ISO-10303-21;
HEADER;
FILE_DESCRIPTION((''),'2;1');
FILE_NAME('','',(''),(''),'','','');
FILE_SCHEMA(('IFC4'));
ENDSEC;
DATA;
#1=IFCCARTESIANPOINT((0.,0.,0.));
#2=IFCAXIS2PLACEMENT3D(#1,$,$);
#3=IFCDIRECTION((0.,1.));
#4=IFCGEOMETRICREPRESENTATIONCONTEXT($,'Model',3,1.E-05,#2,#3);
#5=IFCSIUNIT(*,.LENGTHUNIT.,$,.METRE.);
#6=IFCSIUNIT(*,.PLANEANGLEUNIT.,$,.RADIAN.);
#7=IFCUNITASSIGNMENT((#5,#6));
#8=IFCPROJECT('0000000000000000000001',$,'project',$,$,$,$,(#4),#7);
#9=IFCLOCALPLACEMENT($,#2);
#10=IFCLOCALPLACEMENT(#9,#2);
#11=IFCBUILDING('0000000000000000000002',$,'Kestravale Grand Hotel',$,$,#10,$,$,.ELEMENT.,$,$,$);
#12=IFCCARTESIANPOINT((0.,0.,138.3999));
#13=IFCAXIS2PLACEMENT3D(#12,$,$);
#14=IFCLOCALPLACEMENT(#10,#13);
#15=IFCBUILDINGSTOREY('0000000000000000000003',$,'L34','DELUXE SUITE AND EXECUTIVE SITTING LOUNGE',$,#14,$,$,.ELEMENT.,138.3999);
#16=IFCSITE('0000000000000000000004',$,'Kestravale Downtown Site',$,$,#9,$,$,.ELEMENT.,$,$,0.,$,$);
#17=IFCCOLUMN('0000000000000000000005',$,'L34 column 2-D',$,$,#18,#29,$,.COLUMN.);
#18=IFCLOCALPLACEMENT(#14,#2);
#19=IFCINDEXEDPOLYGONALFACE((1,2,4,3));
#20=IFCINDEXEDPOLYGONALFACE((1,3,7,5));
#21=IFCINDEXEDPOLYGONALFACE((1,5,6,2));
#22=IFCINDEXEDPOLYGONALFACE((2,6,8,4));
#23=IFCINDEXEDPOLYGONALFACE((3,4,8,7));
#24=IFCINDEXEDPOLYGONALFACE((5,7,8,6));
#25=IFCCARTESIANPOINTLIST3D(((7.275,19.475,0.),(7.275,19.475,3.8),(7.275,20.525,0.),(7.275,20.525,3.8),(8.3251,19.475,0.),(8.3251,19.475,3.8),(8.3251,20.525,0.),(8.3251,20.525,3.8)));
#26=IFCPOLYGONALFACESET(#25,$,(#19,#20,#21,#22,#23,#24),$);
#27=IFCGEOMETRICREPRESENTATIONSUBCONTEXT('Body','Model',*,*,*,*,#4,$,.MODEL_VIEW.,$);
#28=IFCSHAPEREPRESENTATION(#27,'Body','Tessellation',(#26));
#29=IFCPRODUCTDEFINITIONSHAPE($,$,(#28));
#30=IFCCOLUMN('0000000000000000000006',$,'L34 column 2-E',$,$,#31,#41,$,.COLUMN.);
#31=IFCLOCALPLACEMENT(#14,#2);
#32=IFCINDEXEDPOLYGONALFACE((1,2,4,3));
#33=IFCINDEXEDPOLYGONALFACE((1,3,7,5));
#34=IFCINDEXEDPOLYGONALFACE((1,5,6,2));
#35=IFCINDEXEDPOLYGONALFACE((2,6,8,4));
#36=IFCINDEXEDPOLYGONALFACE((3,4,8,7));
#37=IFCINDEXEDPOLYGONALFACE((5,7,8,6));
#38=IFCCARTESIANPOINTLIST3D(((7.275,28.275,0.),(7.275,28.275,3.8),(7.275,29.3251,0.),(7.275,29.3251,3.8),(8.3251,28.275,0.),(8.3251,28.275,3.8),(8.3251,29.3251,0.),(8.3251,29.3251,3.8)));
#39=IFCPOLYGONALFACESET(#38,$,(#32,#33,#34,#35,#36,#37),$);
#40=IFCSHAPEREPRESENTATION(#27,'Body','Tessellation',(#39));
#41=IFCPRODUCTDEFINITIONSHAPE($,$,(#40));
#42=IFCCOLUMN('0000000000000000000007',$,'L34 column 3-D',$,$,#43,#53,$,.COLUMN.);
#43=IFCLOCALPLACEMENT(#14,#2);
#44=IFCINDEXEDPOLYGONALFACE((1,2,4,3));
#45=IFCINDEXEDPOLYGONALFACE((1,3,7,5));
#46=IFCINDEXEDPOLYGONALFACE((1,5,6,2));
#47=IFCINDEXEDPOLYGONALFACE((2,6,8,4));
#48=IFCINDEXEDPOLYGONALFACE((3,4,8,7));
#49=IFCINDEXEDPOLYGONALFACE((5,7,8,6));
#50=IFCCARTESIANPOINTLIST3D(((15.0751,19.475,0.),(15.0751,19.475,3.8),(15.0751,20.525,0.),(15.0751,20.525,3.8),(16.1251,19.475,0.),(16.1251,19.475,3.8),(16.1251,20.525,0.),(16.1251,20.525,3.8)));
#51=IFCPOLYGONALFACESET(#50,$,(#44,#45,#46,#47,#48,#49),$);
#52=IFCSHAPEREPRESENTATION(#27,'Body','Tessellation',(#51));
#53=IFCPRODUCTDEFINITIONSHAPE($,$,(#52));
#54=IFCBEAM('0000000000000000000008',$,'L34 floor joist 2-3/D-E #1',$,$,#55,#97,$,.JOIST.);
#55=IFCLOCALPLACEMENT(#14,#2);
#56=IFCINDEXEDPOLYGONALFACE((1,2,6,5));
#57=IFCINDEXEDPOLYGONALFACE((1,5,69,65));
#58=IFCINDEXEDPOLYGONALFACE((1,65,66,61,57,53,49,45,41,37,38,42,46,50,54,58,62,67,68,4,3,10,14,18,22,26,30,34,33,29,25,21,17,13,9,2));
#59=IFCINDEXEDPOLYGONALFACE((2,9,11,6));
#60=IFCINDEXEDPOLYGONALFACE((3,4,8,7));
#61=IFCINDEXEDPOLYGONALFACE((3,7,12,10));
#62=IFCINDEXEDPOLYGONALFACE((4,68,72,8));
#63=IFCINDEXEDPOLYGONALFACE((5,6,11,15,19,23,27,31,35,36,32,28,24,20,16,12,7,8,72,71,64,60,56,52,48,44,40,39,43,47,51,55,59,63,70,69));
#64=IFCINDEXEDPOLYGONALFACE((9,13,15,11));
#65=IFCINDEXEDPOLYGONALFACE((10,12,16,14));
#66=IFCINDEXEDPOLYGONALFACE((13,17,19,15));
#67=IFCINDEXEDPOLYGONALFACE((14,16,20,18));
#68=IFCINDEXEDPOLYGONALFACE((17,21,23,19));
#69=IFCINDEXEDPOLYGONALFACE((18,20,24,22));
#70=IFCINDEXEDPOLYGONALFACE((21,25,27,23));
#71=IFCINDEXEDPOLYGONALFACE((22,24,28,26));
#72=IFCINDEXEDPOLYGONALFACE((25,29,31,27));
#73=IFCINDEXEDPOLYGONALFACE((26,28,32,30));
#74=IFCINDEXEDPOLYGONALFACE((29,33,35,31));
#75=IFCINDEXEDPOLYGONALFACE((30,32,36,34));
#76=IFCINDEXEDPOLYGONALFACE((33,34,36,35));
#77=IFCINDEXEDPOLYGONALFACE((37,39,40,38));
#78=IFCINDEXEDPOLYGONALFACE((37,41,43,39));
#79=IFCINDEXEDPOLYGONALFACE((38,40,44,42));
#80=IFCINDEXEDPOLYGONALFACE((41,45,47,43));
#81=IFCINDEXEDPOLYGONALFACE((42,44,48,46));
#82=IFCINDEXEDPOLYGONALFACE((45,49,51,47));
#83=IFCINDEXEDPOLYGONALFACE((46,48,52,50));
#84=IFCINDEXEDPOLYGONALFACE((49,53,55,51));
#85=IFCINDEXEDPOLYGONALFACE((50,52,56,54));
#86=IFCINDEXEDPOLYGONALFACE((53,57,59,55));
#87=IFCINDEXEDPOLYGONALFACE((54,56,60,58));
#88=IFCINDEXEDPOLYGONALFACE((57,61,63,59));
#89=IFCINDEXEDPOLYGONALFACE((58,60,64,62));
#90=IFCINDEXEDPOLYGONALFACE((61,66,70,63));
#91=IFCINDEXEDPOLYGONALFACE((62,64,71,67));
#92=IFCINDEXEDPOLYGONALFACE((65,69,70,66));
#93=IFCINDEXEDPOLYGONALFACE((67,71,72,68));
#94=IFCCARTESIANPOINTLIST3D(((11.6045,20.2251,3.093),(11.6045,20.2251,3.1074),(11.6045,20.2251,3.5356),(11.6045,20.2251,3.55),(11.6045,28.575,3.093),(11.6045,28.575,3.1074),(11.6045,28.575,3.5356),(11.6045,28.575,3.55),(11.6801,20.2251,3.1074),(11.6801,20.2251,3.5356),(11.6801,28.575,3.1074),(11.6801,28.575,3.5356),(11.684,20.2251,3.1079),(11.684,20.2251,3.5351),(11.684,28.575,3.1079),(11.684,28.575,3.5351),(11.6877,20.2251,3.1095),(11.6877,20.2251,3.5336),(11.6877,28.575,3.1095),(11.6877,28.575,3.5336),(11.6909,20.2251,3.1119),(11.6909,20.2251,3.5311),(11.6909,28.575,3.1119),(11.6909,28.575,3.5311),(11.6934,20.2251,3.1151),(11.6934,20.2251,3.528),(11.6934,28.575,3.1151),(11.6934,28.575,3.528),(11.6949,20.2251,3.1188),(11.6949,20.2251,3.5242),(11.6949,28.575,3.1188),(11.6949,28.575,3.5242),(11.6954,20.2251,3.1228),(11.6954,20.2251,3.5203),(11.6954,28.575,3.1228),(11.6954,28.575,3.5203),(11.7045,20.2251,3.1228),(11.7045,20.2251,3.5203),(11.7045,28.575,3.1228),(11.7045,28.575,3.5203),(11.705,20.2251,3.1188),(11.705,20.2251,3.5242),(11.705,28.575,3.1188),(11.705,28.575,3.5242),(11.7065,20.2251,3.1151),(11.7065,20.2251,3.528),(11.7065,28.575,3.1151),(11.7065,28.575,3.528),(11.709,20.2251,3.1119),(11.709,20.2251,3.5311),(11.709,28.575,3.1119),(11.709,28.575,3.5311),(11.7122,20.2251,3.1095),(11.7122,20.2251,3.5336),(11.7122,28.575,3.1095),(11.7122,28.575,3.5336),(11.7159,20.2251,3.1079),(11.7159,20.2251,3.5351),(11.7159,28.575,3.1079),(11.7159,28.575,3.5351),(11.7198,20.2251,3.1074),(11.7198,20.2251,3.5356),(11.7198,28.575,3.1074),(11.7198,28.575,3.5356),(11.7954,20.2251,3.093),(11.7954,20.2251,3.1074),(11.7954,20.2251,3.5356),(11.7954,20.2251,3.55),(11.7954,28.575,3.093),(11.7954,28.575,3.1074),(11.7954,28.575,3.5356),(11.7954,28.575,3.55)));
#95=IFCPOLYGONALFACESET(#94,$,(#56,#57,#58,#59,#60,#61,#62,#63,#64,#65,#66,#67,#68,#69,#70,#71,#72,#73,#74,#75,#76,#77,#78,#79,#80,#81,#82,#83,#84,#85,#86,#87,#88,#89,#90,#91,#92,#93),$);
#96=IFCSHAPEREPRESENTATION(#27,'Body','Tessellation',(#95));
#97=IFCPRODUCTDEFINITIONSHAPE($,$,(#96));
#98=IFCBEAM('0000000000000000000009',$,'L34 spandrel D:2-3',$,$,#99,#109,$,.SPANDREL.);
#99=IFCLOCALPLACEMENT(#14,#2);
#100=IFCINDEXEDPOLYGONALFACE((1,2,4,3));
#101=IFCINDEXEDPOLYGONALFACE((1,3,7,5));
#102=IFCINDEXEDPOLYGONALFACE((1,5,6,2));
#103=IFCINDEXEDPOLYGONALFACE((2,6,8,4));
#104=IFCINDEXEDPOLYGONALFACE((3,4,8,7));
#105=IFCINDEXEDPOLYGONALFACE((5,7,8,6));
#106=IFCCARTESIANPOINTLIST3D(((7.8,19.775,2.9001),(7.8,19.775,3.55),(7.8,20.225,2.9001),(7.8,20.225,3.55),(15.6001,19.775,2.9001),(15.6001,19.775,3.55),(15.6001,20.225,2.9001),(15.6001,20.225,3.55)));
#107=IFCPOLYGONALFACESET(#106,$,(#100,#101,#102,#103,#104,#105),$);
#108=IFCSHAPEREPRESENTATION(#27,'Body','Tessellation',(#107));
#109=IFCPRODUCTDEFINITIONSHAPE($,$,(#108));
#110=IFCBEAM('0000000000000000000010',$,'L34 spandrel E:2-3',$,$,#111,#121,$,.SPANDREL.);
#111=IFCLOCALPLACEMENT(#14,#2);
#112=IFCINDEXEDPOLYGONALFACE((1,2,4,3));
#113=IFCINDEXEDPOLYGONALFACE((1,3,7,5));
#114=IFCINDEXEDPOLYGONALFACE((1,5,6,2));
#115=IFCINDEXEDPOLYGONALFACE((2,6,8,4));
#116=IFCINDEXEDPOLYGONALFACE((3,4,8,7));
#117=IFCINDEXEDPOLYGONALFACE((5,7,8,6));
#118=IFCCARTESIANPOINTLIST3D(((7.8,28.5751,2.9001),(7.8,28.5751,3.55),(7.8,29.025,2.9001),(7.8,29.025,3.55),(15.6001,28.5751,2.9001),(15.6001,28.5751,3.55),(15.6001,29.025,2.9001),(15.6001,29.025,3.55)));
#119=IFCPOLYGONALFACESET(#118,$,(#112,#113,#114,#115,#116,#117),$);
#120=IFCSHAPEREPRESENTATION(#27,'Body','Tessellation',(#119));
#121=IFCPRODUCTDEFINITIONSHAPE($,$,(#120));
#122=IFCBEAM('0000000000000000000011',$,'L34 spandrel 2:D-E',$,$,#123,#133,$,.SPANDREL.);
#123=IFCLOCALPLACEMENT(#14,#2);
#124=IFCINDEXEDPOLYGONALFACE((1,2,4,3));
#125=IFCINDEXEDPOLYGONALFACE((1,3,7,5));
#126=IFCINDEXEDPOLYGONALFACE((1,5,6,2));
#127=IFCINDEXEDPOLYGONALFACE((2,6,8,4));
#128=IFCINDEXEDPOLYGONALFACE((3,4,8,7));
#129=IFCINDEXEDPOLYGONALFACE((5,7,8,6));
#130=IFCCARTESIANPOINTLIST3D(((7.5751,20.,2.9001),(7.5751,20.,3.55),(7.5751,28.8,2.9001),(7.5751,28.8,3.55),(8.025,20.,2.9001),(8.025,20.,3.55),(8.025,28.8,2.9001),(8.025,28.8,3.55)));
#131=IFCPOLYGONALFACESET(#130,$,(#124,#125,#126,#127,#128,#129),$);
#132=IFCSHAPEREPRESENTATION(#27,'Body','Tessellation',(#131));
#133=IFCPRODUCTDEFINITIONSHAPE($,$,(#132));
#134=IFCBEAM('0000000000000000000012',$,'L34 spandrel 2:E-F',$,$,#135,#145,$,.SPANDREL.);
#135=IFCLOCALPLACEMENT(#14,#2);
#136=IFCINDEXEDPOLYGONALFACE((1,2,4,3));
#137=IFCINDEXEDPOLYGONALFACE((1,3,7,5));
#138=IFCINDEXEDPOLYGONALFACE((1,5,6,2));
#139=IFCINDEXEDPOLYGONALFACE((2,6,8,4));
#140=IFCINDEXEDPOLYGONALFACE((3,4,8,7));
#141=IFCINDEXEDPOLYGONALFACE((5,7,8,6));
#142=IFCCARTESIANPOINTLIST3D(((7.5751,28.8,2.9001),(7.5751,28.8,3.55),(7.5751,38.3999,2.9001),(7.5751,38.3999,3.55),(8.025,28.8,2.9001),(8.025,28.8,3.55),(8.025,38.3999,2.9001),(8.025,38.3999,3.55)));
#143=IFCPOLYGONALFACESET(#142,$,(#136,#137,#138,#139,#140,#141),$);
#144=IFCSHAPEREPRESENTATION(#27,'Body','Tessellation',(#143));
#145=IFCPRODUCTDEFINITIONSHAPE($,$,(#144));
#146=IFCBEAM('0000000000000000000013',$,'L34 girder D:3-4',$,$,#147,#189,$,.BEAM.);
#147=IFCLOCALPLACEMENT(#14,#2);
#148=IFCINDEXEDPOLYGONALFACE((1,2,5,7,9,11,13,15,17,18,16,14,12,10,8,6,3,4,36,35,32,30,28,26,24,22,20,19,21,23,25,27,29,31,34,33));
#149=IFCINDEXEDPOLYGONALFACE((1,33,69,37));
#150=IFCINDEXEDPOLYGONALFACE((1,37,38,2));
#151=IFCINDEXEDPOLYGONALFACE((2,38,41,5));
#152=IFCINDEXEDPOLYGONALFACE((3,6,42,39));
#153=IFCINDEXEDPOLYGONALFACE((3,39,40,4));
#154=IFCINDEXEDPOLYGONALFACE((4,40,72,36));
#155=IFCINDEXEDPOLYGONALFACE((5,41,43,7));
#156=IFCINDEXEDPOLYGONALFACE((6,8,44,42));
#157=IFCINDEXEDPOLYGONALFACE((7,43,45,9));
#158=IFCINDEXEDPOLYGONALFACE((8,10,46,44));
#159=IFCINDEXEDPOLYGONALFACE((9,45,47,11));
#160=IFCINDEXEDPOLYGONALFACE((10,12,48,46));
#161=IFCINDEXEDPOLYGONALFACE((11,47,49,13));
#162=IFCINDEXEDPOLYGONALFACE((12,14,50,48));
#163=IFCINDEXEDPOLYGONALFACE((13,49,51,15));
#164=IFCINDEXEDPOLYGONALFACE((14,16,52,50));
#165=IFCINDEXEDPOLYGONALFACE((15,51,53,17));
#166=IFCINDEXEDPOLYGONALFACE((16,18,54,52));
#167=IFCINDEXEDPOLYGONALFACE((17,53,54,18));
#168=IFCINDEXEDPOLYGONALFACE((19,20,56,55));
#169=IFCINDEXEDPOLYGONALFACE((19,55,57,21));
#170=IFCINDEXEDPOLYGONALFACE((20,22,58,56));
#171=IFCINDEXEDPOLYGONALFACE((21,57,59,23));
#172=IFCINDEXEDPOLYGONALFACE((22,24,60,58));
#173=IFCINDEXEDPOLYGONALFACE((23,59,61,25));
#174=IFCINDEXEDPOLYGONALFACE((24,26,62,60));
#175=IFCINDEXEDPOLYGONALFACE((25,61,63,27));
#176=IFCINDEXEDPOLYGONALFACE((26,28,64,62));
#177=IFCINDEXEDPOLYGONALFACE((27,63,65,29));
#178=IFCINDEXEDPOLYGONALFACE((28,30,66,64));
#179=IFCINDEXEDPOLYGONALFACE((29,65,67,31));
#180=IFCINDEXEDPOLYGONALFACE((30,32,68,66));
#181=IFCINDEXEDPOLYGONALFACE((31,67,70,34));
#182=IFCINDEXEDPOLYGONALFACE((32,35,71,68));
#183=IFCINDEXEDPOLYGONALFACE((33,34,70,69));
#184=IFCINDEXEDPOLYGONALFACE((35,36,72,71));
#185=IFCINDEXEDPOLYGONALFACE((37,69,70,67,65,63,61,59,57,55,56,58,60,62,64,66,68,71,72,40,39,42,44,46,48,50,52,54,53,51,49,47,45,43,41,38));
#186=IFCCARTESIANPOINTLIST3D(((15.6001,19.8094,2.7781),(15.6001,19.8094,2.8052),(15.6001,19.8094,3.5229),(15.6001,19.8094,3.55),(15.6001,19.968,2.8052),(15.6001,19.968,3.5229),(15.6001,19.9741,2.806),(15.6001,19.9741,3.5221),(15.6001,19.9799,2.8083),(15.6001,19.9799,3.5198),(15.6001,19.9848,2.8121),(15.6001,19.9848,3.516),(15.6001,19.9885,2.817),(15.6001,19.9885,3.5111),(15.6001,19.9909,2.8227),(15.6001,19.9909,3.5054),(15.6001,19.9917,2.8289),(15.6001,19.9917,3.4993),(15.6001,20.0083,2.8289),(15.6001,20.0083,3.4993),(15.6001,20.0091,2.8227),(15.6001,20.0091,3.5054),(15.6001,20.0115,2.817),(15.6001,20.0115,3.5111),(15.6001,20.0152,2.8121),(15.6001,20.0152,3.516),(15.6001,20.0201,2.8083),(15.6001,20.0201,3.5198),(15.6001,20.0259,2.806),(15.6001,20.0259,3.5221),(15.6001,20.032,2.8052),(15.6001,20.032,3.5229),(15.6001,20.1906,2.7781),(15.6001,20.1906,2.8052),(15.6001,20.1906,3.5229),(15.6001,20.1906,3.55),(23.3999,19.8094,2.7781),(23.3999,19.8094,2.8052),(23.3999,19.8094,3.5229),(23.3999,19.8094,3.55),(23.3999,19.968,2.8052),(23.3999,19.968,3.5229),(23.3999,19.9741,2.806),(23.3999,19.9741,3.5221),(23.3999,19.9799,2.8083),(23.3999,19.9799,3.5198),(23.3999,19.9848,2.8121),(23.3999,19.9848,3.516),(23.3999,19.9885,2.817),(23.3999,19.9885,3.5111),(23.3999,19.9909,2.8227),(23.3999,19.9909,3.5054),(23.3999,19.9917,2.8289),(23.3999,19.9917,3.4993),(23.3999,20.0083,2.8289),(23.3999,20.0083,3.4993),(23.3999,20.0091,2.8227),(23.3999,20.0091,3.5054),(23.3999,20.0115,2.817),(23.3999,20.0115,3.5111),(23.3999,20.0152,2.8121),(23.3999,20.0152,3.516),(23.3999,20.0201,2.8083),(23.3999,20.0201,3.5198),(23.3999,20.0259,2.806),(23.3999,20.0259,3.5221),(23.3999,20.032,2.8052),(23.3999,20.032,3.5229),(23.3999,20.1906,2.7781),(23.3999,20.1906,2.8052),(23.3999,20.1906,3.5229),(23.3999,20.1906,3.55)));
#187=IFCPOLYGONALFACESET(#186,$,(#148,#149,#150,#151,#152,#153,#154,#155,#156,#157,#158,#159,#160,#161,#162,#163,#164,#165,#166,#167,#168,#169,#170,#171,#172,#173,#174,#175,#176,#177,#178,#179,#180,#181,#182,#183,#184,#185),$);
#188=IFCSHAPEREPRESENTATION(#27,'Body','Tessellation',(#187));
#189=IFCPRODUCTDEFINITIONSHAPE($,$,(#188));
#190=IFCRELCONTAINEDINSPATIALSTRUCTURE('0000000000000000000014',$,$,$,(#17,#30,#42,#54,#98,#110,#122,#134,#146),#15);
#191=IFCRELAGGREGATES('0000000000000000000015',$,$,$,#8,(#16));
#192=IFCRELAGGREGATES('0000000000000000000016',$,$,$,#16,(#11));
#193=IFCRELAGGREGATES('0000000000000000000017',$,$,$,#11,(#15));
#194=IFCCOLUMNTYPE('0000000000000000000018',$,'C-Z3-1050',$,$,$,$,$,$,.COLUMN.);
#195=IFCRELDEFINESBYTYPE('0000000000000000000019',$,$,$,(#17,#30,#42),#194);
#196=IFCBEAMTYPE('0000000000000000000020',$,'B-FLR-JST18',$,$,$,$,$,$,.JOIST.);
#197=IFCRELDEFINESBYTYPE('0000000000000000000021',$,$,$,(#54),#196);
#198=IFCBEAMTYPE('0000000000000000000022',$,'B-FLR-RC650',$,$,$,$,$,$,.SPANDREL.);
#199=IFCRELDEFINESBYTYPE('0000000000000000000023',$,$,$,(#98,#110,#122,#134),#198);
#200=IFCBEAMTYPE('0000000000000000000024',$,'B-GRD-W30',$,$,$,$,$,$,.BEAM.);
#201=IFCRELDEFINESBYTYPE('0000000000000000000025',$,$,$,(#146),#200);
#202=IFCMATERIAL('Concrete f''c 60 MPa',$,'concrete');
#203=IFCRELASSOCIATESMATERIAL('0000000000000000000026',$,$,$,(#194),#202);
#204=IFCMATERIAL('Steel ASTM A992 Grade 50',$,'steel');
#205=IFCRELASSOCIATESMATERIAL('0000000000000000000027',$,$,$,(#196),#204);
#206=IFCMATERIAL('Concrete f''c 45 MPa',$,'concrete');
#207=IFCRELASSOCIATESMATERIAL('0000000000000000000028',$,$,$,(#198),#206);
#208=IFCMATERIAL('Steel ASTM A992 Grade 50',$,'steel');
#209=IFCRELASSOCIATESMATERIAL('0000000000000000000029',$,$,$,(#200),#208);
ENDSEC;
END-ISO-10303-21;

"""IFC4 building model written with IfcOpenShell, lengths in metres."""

from ifc_helpers import new_model, si_unit, direction, frame, origin, origin_2d, place, context, subcontext, project, spatial, rectangle, i_section, extrude, material, material_profile, profile_set, type_object, element, save


model = new_model("IFC4")

# Units and contexts
model_context = context("Model", 3, precision=1e-05, world=origin(), true_north=direction((0.0, 1.0)))
body_context = subcontext(model_context, "Body", "Model", "MODEL_VIEW")
ifc_project = project(units=[si_unit("LENGTHUNIT", "METRE"), si_unit("PLANEANGLEUNIT", "RADIAN")], contexts=[model_context])

# Site, building, storey
site_placement = place(None, origin())
site = spatial("IfcSite", under=ifc_project, at=site_placement, Name="Kestravale Downtown Site", CompositionType="ELEMENT", RefElevation=0.0)
building_placement = place(site_placement, origin())
building = spatial("IfcBuilding", under=site, at=building_placement, Name="Kestravale Grand Hotel", CompositionType="ELEMENT")
storey_placement = place(building_placement, frame((0.0, 0.0, 138.3999)))
storey = spatial("IfcBuildingStorey", under=building, at=storey_placement, Name="L34", Description="DELUXE SUITE AND EXECUTIVE SITTING LOUNGE", CompositionType="ELEMENT", Elevation=138.3999)

# Columns
ifc_material_1 = material(Name="Concrete f'c 60 MPa", Category="concrete")
ifc_material_profile_1 = material_profile(ifc_material_1, rectangle(XDim=1.05, YDim=1.05, at=origin_2d()))
ifc_profile_set_1 = profile_set([ifc_material_profile_1], Name="Concrete f'c 60 MPa")
column_type = type_object("IfcColumnType", Name="C-Z3-1050", PredefinedType="COLUMN", material=ifc_profile_set_1)
for number, where, z_axis, x_axis, name in (
    (1, (7.8, 20.0, 0.0), (0.0, 0.0, 1.0), (1.0, 0.0, 0.0), "L34 column 2-D"),
    (2, (7.8, 28.8, 0.0), (0.0, 0.0, 1.0), (1.0, 0.0, 0.0), "L34 column 2-E"),
    (3, (15.6001, 20.0, 0.0), (0.0, 0.0, 1.0), (1.0, 0.0, 0.0), "L34 column 3-D"),
):
    element("IfcColumn", number, at=place(storey_placement, frame(where, z_axis=z_axis, x_axis=x_axis)), inside=storey, type_object=column_type, Name=name, PredefinedType="COLUMN", context=body_context, shape_type="SweptSolid", body=[
        extrude(rectangle(XDim=1.05, YDim=1.05, at=origin_2d()), origin(), (0.0, 0.0, 1.0), 3.8),
    ])

# Beams
ifc_material_2 = material(Name="Steel ASTM A992 Grade 50", Category="steel")
ifc_material_profile_2 = material_profile(ifc_material_2, i_section(OverallWidth=0.1909, OverallDepth=0.457, WebThickness=0.009, FlangeThickness=0.0144, FilletRadius=0.0154, at=origin_2d()))
ifc_profile_set_2 = profile_set([ifc_material_profile_2], Name="Steel ASTM A992 Grade 50")
beam_type_1 = type_object("IfcBeamType", Name="B-FLR-JST18", PredefinedType="JOIST", material=ifc_profile_set_2)
beam_1_placement = place(storey_placement, frame((11.7, 20.2251, 3.3215), z_axis=(0.0, 1.0, 0.0), x_axis=(-1.0, 0.0, 0.0)))
element("IfcBeam", 4, at=beam_1_placement, inside=storey, type_object=beam_type_1, Name="L34 floor joist 2-3/D-E #1", PredefinedType="JOIST", context=body_context, shape_type="SweptSolid", body=[
    extrude(i_section(OverallWidth=0.1909, OverallDepth=0.457, WebThickness=0.009, FlangeThickness=0.0144, FilletRadius=0.0154, at=origin_2d()), origin(), (0.0, 0.0, 1.0), 8.3499),
])
ifc_material_3 = material(Name="Concrete f'c 45 MPa", Category="concrete")
ifc_material_profile_3 = material_profile(ifc_material_3, rectangle(XDim=0.45, YDim=0.6499, at=origin_2d()))
ifc_profile_set_3 = profile_set([ifc_material_profile_3], Name="Concrete f'c 45 MPa")
beam_type_2 = type_object("IfcBeamType", Name="B-FLR-RC650", PredefinedType="SPANDREL", material=ifc_profile_set_3)
for number, where, z_axis, x_axis, name in (
    (5, (7.8, 20.0, 3.2251), (1.0, 0.0, 0.0), (0.0, 1.0, 0.0), "L34 spandrel D:2-3"),
    (6, (7.8, 28.8, 3.2251), (1.0, 0.0, 0.0), (0.0, 1.0, 0.0), "L34 spandrel E:2-3"),
):
    element("IfcBeam", number, at=place(storey_placement, frame(where, z_axis=z_axis, x_axis=x_axis)), inside=storey, type_object=beam_type_2, Name=name, PredefinedType="SPANDREL", context=body_context, shape_type="SweptSolid", body=[
        extrude(rectangle(XDim=0.45, YDim=0.6499, at=origin_2d()), origin(), (0.0, 0.0, 1.0), 7.8),
    ])
beam_2_placement = place(storey_placement, frame((7.8, 20.0, 3.2251), z_axis=(0.0, 1.0, 0.0), x_axis=(-1.0, 0.0, 0.0)))
element("IfcBeam", 7, at=beam_2_placement, inside=storey, type_object=beam_type_2, Name="L34 spandrel 2:D-E", PredefinedType="SPANDREL", context=body_context, shape_type="SweptSolid", body=[
    extrude(rectangle(XDim=0.45, YDim=0.6499, at=origin_2d()), origin(), (0.0, 0.0, 1.0), 8.8),
])
beam_3_placement = place(storey_placement, frame((7.8, 28.8, 3.2251), z_axis=(0.0, 1.0, 0.0), x_axis=(-1.0, 0.0, 0.0)))
element("IfcBeam", 8, at=beam_3_placement, inside=storey, type_object=beam_type_2, Name="L34 spandrel 2:E-F", PredefinedType="SPANDREL", context=body_context, shape_type="SweptSolid", body=[
    extrude(rectangle(XDim=0.45, YDim=0.6499, at=origin_2d()), origin(), (0.0, 0.0, 1.0), 9.5999),
])
ifc_material_4 = material(Name="Steel ASTM A992 Grade 50", Category="steel")
ifc_material_profile_4 = material_profile(ifc_material_4, i_section(OverallWidth=0.3811, OverallDepth=0.772, WebThickness=0.0166, FlangeThickness=0.0271, FilletRadius=0.0237, at=origin_2d()))
ifc_profile_set_4 = profile_set([ifc_material_profile_4], Name="Steel ASTM A992 Grade 50")
beam_type_3 = type_object("IfcBeamType", Name="B-GRD-W30", PredefinedType="BEAM", material=ifc_profile_set_4)
beam_4_placement = place(storey_placement, frame((15.6001, 20.0, 3.1641), z_axis=(1.0, 0.0, 0.0), x_axis=(0.0, 1.0, 0.0)))
element("IfcBeam", 9, at=beam_4_placement, inside=storey, type_object=beam_type_3, Name="L34 girder D:3-4", PredefinedType="BEAM", context=body_context, shape_type="SweptSolid", body=[
    extrude(i_section(OverallWidth=0.3811, OverallDepth=0.772, WebThickness=0.0166, FlangeThickness=0.0271, FilletRadius=0.0237, at=origin_2d()), origin(), (0.0, 0.0, 1.0), 7.7998),
])

save(model, "model.ifc")
